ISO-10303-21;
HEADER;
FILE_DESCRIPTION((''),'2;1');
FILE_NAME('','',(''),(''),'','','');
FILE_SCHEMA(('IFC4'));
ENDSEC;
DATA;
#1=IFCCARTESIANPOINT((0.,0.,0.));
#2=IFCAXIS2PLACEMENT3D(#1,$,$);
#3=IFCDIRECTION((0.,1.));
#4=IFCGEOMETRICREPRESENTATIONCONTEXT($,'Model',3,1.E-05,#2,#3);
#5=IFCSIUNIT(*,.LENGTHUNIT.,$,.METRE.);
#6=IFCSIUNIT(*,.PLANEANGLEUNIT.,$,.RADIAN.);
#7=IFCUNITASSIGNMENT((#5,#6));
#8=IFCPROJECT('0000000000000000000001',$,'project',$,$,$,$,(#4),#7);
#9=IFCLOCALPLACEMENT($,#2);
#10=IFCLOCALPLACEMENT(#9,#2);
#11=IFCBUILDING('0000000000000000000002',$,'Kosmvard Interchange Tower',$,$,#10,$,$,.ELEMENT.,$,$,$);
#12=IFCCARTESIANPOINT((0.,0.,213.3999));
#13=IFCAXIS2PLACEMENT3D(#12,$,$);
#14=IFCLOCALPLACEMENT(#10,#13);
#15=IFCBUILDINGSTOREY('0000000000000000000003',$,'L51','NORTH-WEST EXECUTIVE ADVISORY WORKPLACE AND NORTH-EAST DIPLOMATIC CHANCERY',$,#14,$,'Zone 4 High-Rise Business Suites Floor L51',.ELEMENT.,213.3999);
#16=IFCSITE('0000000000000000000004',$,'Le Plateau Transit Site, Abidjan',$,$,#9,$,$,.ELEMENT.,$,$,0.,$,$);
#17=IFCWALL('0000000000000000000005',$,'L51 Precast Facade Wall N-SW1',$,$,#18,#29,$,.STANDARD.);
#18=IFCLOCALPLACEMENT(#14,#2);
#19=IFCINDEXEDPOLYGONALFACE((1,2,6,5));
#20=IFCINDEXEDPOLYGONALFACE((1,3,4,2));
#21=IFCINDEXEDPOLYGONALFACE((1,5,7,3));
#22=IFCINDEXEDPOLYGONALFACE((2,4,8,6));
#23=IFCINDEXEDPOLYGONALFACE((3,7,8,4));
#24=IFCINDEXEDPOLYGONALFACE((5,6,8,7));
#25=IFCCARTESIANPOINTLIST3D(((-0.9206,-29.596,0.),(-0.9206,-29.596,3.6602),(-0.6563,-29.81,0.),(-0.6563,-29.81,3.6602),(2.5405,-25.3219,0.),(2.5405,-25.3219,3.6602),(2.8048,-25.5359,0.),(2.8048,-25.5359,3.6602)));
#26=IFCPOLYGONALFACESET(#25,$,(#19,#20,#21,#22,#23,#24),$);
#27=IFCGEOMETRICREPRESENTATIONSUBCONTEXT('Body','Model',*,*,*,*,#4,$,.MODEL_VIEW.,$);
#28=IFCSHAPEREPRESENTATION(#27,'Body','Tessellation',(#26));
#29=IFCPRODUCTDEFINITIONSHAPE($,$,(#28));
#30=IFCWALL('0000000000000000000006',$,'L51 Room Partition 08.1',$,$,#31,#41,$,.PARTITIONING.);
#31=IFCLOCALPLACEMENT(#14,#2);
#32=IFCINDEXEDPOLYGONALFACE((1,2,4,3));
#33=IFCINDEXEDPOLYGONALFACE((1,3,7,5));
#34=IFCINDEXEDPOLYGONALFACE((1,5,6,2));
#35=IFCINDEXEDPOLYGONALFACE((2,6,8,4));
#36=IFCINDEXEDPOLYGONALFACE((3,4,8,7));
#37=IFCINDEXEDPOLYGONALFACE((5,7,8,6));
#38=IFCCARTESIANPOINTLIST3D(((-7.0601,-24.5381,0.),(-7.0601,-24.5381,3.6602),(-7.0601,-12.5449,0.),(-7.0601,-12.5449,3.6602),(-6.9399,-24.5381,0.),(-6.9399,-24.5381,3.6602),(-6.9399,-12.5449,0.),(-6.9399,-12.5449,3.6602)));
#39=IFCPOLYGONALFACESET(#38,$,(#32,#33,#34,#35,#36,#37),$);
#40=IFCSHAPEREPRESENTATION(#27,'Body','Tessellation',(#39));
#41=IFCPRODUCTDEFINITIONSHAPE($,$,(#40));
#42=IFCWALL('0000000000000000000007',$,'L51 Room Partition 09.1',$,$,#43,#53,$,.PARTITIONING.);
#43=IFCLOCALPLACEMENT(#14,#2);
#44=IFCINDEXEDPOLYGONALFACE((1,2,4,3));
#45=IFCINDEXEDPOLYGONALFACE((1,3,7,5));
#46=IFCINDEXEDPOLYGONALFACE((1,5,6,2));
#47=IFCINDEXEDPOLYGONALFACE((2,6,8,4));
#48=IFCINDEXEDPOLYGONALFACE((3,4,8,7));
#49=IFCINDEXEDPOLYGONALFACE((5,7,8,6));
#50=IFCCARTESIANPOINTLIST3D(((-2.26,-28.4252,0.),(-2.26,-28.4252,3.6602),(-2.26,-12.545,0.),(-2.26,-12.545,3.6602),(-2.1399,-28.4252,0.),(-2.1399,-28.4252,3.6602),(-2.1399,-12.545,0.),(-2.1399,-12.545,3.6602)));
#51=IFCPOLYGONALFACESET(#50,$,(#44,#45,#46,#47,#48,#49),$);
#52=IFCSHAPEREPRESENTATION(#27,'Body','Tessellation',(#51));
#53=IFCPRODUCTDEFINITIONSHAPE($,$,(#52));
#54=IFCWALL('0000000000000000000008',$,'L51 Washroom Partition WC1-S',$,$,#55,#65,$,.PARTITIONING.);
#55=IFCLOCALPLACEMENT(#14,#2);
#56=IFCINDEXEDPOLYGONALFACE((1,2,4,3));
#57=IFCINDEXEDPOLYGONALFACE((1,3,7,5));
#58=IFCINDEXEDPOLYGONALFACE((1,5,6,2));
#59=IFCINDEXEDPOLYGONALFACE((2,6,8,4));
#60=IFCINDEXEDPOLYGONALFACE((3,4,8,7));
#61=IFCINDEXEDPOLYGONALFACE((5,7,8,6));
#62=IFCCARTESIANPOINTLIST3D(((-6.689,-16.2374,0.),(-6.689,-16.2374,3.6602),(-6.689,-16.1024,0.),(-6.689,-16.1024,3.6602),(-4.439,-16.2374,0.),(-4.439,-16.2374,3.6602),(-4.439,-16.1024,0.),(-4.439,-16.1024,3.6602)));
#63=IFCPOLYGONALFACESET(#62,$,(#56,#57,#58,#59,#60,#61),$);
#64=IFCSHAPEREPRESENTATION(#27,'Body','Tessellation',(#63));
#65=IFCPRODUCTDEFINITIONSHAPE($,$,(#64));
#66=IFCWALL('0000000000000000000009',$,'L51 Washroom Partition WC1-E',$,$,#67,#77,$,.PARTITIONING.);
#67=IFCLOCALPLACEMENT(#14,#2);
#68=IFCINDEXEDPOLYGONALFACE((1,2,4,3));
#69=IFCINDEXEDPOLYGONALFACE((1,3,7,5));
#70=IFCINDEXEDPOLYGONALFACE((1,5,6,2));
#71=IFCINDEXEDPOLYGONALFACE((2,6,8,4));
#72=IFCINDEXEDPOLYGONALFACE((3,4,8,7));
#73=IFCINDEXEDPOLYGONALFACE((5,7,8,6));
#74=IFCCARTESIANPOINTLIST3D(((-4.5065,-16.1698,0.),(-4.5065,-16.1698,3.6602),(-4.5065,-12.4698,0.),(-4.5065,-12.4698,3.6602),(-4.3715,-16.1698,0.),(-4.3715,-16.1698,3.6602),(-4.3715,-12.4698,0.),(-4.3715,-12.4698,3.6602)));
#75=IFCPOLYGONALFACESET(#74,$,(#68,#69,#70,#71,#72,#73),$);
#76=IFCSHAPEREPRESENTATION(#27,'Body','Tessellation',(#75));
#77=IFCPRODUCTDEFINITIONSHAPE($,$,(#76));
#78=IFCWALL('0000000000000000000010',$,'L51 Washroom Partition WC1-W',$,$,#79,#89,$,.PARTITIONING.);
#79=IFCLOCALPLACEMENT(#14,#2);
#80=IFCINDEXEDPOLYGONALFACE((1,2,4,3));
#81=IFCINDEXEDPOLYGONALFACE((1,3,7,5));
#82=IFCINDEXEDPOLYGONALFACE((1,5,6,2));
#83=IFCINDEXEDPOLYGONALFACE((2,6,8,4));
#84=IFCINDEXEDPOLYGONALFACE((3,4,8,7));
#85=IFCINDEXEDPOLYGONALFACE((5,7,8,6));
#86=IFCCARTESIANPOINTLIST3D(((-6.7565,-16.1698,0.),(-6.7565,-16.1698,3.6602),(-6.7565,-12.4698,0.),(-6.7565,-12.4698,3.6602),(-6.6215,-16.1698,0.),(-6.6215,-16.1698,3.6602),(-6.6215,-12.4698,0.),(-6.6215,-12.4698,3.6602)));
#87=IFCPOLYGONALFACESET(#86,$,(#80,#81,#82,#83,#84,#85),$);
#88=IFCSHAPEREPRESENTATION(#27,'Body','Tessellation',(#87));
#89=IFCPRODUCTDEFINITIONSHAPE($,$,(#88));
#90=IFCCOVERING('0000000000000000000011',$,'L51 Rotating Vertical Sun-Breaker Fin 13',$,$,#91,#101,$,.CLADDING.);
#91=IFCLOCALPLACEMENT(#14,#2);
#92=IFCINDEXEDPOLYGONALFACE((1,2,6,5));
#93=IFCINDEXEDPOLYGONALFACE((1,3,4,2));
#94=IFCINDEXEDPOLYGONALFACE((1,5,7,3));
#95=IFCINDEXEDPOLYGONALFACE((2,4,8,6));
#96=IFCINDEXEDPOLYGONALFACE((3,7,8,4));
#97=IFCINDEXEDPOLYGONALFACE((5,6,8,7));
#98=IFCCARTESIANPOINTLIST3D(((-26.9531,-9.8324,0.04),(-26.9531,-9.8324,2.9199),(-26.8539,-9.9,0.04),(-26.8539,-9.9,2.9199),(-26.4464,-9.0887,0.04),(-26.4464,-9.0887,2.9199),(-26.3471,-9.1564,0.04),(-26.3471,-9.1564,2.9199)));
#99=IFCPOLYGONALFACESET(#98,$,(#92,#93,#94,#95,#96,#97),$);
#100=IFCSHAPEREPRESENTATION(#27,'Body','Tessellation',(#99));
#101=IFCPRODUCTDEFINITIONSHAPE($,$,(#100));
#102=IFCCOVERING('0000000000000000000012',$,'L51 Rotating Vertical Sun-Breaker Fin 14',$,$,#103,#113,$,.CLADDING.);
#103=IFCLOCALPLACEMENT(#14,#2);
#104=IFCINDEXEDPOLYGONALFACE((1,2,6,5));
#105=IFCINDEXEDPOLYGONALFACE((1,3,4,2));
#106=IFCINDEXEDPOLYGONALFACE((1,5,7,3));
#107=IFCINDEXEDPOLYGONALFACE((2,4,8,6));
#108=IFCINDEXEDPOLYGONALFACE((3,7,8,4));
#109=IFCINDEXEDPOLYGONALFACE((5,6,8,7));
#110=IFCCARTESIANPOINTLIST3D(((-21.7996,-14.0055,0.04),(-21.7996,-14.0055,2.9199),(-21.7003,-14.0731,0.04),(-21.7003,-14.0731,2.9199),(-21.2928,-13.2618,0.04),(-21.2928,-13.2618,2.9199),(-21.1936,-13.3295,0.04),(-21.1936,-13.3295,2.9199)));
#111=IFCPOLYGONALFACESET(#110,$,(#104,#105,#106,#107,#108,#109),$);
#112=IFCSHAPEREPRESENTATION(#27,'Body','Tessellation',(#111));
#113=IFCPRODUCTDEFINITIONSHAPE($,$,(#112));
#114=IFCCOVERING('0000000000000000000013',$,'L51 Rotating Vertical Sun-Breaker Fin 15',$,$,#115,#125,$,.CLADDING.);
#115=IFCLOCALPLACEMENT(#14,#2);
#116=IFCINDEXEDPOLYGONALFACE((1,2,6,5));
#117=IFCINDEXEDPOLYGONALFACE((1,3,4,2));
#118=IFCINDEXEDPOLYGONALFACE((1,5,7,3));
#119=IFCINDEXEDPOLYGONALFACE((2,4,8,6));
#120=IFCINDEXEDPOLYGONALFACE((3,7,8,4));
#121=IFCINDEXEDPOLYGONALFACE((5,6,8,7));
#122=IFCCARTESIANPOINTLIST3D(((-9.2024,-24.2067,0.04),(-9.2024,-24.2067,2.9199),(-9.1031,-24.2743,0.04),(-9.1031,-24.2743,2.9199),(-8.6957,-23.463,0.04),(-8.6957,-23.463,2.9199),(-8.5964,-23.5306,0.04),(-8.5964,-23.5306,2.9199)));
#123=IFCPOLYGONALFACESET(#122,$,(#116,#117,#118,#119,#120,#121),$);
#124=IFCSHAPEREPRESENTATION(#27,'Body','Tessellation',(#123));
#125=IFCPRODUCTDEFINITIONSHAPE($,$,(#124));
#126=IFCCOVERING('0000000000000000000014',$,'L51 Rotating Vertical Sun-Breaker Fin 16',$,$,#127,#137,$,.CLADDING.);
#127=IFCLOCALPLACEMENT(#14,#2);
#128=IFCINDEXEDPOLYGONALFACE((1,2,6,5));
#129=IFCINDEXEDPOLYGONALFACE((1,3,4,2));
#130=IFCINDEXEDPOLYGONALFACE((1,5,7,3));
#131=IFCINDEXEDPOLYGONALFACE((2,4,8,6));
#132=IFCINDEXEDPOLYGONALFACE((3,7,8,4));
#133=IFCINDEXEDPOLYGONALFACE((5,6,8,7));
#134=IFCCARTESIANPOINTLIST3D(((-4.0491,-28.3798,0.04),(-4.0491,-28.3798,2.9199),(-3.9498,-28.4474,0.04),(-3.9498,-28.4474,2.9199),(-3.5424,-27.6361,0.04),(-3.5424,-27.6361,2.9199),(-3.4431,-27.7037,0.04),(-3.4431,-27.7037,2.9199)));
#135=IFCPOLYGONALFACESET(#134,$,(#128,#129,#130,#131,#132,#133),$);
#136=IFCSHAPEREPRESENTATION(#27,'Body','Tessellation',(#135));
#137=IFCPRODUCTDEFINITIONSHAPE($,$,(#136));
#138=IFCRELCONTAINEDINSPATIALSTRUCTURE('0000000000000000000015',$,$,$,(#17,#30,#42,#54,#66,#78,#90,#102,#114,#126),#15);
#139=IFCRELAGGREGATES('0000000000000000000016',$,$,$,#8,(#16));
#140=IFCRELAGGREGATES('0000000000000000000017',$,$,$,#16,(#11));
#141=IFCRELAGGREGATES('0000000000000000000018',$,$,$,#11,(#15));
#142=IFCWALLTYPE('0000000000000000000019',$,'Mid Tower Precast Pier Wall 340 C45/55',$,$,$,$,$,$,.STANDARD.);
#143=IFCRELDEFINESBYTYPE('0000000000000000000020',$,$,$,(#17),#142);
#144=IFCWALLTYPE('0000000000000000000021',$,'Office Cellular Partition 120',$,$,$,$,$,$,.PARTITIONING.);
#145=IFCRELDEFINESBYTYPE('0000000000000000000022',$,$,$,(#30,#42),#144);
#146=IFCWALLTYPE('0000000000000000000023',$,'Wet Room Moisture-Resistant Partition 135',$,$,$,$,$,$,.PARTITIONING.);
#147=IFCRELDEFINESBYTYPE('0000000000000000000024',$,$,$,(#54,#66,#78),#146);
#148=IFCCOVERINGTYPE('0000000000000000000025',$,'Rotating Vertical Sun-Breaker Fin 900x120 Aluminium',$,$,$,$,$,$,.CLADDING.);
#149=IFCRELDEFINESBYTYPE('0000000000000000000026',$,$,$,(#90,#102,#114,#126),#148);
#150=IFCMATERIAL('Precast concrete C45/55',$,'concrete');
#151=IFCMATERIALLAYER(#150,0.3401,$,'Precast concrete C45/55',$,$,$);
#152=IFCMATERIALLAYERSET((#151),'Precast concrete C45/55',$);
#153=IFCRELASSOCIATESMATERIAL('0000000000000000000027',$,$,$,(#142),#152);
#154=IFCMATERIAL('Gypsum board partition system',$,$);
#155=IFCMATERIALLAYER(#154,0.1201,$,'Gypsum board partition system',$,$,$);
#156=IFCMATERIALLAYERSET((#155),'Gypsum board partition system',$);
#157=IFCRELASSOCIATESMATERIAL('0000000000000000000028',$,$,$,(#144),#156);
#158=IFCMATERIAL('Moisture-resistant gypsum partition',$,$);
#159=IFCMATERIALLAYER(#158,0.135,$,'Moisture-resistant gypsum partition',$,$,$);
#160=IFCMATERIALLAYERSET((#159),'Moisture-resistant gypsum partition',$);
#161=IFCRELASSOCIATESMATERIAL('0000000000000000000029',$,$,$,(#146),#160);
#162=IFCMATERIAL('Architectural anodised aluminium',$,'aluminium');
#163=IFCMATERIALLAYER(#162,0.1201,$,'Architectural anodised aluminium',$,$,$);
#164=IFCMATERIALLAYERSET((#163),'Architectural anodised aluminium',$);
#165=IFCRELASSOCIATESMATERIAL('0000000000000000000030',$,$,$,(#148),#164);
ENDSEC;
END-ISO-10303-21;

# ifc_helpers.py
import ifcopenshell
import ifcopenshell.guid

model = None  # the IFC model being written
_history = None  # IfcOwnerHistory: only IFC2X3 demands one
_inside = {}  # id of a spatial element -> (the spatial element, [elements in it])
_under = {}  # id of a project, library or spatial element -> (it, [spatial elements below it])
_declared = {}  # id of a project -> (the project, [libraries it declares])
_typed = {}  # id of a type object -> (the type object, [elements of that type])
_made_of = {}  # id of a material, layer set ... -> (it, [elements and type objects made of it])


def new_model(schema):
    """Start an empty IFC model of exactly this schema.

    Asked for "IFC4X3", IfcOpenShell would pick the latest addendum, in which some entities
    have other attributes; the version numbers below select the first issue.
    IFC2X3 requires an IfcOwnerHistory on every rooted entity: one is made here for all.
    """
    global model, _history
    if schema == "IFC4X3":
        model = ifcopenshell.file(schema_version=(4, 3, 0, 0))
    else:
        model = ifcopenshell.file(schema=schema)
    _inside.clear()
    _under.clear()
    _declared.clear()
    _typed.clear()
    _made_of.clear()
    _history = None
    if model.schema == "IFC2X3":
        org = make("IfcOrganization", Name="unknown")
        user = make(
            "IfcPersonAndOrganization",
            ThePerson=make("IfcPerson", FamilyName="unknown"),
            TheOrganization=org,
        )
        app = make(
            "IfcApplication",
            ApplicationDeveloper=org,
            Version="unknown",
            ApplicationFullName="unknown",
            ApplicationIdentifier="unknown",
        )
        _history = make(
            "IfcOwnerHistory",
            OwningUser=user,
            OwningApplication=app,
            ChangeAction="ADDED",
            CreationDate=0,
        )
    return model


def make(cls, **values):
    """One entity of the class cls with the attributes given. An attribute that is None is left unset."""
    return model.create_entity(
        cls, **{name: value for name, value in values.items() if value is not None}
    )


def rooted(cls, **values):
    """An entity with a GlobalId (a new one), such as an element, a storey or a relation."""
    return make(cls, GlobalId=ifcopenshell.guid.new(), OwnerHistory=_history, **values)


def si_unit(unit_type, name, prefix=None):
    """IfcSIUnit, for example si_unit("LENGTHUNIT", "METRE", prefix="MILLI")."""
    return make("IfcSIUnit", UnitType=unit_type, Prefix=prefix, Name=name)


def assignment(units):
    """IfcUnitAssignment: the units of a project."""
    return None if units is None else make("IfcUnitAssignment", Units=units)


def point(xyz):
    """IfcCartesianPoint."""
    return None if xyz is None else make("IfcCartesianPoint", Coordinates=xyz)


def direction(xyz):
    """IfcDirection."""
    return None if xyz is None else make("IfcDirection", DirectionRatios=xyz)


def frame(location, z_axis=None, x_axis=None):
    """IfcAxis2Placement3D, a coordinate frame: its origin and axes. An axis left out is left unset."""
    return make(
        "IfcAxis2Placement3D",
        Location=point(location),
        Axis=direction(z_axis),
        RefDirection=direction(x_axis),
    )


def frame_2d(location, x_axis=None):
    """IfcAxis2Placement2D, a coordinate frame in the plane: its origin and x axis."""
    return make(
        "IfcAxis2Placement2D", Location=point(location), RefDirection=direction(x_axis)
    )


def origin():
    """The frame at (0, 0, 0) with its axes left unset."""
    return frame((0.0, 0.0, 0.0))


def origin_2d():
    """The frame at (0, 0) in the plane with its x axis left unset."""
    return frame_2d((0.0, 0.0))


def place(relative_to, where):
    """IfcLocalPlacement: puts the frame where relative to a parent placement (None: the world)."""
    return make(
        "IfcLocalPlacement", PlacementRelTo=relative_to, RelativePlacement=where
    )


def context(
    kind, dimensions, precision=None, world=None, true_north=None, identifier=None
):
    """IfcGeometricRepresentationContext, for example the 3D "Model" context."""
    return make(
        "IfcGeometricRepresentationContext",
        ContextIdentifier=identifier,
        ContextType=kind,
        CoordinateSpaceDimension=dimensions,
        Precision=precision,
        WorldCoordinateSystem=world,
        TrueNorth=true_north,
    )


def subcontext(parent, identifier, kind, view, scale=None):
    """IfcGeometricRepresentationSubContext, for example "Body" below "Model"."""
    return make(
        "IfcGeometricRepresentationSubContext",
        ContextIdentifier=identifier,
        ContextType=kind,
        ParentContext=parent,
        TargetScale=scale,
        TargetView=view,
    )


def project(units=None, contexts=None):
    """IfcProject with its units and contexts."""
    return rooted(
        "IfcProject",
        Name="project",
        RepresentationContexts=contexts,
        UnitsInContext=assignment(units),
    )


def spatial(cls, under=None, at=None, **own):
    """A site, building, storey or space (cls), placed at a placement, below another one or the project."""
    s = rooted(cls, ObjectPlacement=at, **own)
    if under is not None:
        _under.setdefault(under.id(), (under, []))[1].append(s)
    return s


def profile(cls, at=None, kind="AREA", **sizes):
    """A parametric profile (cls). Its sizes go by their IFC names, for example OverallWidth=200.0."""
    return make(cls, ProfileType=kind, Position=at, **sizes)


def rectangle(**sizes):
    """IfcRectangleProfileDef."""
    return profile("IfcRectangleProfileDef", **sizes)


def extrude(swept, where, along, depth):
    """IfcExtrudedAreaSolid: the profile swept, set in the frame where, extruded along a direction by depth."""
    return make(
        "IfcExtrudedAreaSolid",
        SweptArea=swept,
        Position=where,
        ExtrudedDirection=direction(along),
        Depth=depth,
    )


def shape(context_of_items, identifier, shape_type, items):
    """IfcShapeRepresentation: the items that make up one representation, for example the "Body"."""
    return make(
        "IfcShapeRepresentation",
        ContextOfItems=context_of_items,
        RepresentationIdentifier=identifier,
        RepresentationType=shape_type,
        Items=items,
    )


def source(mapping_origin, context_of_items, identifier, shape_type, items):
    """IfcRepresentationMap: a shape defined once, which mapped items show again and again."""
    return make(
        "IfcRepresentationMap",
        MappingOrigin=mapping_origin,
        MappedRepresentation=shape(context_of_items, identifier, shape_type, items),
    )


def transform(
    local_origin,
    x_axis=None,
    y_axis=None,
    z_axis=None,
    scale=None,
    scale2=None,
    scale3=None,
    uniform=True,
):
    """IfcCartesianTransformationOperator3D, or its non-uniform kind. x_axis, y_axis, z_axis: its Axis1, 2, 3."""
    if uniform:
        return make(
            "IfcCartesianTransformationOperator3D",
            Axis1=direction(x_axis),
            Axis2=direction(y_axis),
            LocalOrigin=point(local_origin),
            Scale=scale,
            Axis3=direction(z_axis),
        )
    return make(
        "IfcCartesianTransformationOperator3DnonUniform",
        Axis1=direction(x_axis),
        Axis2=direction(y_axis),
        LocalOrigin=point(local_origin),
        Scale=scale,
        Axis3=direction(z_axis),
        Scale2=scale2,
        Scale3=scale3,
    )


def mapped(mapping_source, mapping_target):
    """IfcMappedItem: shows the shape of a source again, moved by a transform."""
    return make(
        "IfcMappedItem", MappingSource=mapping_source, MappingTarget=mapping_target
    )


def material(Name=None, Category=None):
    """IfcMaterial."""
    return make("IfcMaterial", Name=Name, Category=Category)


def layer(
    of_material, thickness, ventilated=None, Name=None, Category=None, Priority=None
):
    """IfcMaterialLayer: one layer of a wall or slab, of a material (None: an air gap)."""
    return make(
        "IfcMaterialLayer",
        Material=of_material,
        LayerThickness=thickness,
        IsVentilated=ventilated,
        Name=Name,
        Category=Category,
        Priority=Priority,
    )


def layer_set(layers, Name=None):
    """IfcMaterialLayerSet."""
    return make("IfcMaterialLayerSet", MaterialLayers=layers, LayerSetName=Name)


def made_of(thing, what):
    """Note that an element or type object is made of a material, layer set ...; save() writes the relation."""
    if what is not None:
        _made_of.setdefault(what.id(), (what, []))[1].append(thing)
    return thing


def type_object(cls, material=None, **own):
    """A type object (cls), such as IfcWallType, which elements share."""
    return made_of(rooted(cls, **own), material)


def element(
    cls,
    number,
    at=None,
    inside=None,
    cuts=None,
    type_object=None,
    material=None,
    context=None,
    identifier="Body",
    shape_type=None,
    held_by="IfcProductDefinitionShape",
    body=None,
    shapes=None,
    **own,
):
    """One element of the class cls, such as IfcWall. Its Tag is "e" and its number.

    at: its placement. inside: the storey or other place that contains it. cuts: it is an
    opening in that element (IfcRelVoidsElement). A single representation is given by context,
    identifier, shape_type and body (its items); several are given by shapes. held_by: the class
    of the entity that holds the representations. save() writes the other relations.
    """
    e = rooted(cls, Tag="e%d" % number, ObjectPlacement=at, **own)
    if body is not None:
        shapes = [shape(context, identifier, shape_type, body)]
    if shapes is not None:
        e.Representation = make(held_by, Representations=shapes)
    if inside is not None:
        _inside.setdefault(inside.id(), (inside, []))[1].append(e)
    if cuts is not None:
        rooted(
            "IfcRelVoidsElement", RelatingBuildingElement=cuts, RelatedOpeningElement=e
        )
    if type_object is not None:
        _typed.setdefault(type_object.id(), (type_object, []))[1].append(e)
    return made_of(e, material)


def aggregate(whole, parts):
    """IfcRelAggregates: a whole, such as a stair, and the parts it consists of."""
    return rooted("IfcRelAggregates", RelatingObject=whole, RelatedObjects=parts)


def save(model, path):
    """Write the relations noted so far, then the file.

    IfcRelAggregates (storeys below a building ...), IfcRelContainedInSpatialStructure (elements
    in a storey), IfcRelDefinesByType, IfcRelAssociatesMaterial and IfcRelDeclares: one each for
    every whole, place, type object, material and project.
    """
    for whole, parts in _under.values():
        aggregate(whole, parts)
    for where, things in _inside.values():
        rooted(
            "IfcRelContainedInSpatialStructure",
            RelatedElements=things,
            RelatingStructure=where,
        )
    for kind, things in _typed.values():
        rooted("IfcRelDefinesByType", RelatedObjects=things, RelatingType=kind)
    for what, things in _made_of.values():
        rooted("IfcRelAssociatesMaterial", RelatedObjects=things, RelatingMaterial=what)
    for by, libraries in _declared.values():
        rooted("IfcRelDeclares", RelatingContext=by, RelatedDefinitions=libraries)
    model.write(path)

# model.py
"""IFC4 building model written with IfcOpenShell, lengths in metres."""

from ifc_helpers import new_model, si_unit, direction, frame, frame_2d, origin, origin_2d, place, context, subcontext, project, spatial, rectangle, extrude, source, transform, mapped, material, layer, layer_set, type_object, element, save


model = new_model("IFC4")

# Units and contexts
model_context = context("Model", 3, precision=1e-05, world=origin(), true_north=direction((0.0, 1.0)))
body_context = subcontext(model_context, "Body", "Model", "MODEL_VIEW")
ifc_project = project(units=[si_unit("LENGTHUNIT", "METRE"), si_unit("PLANEANGLEUNIT", "RADIAN")], contexts=[model_context])

# Site, building, storey
site_placement = place(None, origin())
site = spatial("IfcSite", under=ifc_project, at=site_placement, Name="Le Plateau Transit Site, Abidjan", CompositionType="ELEMENT", RefElevation=0.0)
building_placement = place(site_placement, origin())
building = spatial("IfcBuilding", under=site, at=building_placement, Name="Kosmvard Interchange Tower", CompositionType="ELEMENT")
storey_placement = place(building_placement, frame((0.0, 0.0, 213.3999)))
storey = spatial("IfcBuildingStorey", under=building, at=storey_placement, Name="L51", Description="NORTH-WEST EXECUTIVE ADVISORY WORKPLACE AND NORTH-EAST DIPLOMATIC CHANCERY", LongName="Zone 4 High-Rise Business Suites Floor L51", CompositionType="ELEMENT", Elevation=213.3999)

# Shared definitions
ifc_material_1 = material(Name="Precast concrete C45/55", Category="concrete")

# Walls
ifc_layer_1 = layer(ifc_material_1, 0.3401, Name="Precast concrete C45/55")
ifc_layer_set_1 = layer_set([ifc_layer_1], Name="Precast concrete C45/55")
wall_type_1 = type_object("IfcWallType", Name="Mid Tower Precast Pier Wall 340 C45/55", PredefinedType="STANDARD", material=ifc_layer_set_1)
wall_1_placement = place(storey_placement, frame((-0.7886, -29.7031, 0.0), z_axis=(0.0, 0.0, 1.0), x_axis=(0.629323, 0.777144, 0.0)))
element("IfcWall", 1, at=wall_1_placement, inside=storey, type_object=wall_type_1, Name="L51 Precast Facade Wall N-SW1", PredefinedType="STANDARD", context=body_context, shape_type="SweptSolid", body=[
    extrude(rectangle(XDim=5.4998, YDim=0.3401, at=frame_2d((2.75, 0.0))), origin(), (0.0, 0.0, 1.0), 3.6602),
])
ifc_material_2 = material(Name="Gypsum board partition system")
ifc_layer_2 = layer(ifc_material_2, 0.1201, Name="Gypsum board partition system")
ifc_layer_set_2 = layer_set([ifc_layer_2], Name="Gypsum board partition system")
wall_type_2 = type_object("IfcWallType", Name="Office Cellular Partition 120", PredefinedType="PARTITIONING", material=ifc_layer_set_2)
wall_2_placement = place(storey_placement, frame((-7.0, -24.5381, 0.0), z_axis=(0.0, 0.0, 1.0), x_axis=(0.0, 1.0, 0.0)))
element("IfcWall", 2, at=wall_2_placement, inside=storey, type_object=wall_type_2, Name="L51 Room Partition 08.1", PredefinedType="PARTITIONING", context=body_context, shape_type="SweptSolid", body=[
    extrude(rectangle(XDim=11.9932, YDim=0.1201, at=frame_2d((5.9966, 0.0))), origin(), (0.0, 0.0, 1.0), 3.6602),
])
wall_3_placement = place(storey_placement, frame((-2.2, -28.425, 0.0), z_axis=(0.0, 0.0, 1.0), x_axis=(0.0, 1.0, 0.0)))
element("IfcWall", 3, at=wall_3_placement, inside=storey, type_object=wall_type_2, Name="L51 Room Partition 09.1", PredefinedType="PARTITIONING", context=body_context, shape_type="SweptSolid", body=[
    extrude(rectangle(XDim=15.8801, YDim=0.1201, at=frame_2d((7.9399, 0.0))), origin(), (0.0, 0.0, 1.0), 3.6602),
])
ifc_material_3 = material(Name="Moisture-resistant gypsum partition")
ifc_layer_3 = layer(ifc_material_3, 0.135, Name="Moisture-resistant gypsum partition")
ifc_layer_set_3 = layer_set([ifc_layer_3], Name="Moisture-resistant gypsum partition")
wall_type_3 = type_object("IfcWallType", Name="Wet Room Moisture-Resistant Partition 135", PredefinedType="PARTITIONING", material=ifc_layer_set_3)
wall_4_placement = place(storey_placement, frame((-6.689, -16.1699, 0.0), z_axis=(0.0, 0.0, 1.0), x_axis=(1.0, 0.0, 0.0)))
element("IfcWall", 4, at=wall_4_placement, inside=storey, type_object=wall_type_3, Name="L51 Washroom Partition WC1-S", PredefinedType="PARTITIONING", context=body_context, shape_type="SweptSolid", body=[
    extrude(rectangle(XDim=2.25, YDim=0.135, at=frame_2d((1.125, 0.0))), origin(), (0.0, 0.0, 1.0), 3.6602),
])
for number, where, z_axis, x_axis, name in (
    (5, (-4.439, -16.1699, 0.0), (0.0, 0.0, 1.0), (0.0, 1.0, 0.0), "L51 Washroom Partition WC1-E"),
    (6, (-6.689, -16.1699, 0.0), (0.0, 0.0, 1.0), (0.0, 1.0, 0.0), "L51 Washroom Partition WC1-W"),
):
    element("IfcWall", number, at=place(storey_placement, frame(where, z_axis=z_axis, x_axis=x_axis)), inside=storey, type_object=wall_type_3, Name=name, PredefinedType="PARTITIONING", context=body_context, shape_type="SweptSolid", body=[
        extrude(rectangle(XDim=3.7, YDim=0.135, at=frame_2d((1.8501, 0.0))), origin(), (0.0, 0.0, 1.0), 3.6602),
    ])

# Coverings
ifc_material_4 = material(Name="Architectural anodised aluminium", Category="aluminium")
ifc_layer_4 = layer(ifc_material_4, 0.1201, Name="Architectural anodised aluminium")
ifc_layer_set_4 = layer_set([ifc_layer_4], Name="Architectural anodised aluminium")
covering_type = type_object("IfcCoveringType", Name="Rotating Vertical Sun-Breaker Fin 900x120 Aluminium", PredefinedType="CLADDING", material=ifc_layer_set_4)
shared_shape_1 = source(origin(), body_context, "Body", "SweptSolid", [
    extrude(rectangle(XDim=0.8999, YDim=0.1201, at=origin_2d()), origin(), (0.0, 0.0, 1.0), 2.8799),
])
for number, where, z_axis, x_axis, name in (
    (7, (-26.6501, -9.4944, 0.04), (0.0, 0.0, 1.0), (-0.563093, -0.826393, 0.0), "L51 Rotating Vertical Sun-Breaker Fin 13"),
    (8, (-21.4966, -13.6675, 0.04), (0.0, 0.0, 1.0), (-0.563093, -0.826393, 0.0), "L51 Rotating Vertical Sun-Breaker Fin 14"),
    (9, (-8.8994, -23.8687, 0.04), (0.0, 0.0, 1.0), (-0.563093, -0.826393, 0.0), "L51 Rotating Vertical Sun-Breaker Fin 15"),
    (10, (-3.7461, -28.0417, 0.04), (0.0, 0.0, 1.0), (-0.563093, -0.826393, 0.0), "L51 Rotating Vertical Sun-Breaker Fin 16"),
):
    element("IfcCovering", number, at=place(storey_placement, frame(where, z_axis=z_axis, x_axis=x_axis)), inside=storey, type_object=covering_type, Name=name, PredefinedType="CLADDING", context=body_context, shape_type="MappedRepresentation", body=[
        mapped(shared_shape_1, transform((0.0, 0.0, 0.0), scale=1.0)),
    ])

save(model, "model.ifc")
